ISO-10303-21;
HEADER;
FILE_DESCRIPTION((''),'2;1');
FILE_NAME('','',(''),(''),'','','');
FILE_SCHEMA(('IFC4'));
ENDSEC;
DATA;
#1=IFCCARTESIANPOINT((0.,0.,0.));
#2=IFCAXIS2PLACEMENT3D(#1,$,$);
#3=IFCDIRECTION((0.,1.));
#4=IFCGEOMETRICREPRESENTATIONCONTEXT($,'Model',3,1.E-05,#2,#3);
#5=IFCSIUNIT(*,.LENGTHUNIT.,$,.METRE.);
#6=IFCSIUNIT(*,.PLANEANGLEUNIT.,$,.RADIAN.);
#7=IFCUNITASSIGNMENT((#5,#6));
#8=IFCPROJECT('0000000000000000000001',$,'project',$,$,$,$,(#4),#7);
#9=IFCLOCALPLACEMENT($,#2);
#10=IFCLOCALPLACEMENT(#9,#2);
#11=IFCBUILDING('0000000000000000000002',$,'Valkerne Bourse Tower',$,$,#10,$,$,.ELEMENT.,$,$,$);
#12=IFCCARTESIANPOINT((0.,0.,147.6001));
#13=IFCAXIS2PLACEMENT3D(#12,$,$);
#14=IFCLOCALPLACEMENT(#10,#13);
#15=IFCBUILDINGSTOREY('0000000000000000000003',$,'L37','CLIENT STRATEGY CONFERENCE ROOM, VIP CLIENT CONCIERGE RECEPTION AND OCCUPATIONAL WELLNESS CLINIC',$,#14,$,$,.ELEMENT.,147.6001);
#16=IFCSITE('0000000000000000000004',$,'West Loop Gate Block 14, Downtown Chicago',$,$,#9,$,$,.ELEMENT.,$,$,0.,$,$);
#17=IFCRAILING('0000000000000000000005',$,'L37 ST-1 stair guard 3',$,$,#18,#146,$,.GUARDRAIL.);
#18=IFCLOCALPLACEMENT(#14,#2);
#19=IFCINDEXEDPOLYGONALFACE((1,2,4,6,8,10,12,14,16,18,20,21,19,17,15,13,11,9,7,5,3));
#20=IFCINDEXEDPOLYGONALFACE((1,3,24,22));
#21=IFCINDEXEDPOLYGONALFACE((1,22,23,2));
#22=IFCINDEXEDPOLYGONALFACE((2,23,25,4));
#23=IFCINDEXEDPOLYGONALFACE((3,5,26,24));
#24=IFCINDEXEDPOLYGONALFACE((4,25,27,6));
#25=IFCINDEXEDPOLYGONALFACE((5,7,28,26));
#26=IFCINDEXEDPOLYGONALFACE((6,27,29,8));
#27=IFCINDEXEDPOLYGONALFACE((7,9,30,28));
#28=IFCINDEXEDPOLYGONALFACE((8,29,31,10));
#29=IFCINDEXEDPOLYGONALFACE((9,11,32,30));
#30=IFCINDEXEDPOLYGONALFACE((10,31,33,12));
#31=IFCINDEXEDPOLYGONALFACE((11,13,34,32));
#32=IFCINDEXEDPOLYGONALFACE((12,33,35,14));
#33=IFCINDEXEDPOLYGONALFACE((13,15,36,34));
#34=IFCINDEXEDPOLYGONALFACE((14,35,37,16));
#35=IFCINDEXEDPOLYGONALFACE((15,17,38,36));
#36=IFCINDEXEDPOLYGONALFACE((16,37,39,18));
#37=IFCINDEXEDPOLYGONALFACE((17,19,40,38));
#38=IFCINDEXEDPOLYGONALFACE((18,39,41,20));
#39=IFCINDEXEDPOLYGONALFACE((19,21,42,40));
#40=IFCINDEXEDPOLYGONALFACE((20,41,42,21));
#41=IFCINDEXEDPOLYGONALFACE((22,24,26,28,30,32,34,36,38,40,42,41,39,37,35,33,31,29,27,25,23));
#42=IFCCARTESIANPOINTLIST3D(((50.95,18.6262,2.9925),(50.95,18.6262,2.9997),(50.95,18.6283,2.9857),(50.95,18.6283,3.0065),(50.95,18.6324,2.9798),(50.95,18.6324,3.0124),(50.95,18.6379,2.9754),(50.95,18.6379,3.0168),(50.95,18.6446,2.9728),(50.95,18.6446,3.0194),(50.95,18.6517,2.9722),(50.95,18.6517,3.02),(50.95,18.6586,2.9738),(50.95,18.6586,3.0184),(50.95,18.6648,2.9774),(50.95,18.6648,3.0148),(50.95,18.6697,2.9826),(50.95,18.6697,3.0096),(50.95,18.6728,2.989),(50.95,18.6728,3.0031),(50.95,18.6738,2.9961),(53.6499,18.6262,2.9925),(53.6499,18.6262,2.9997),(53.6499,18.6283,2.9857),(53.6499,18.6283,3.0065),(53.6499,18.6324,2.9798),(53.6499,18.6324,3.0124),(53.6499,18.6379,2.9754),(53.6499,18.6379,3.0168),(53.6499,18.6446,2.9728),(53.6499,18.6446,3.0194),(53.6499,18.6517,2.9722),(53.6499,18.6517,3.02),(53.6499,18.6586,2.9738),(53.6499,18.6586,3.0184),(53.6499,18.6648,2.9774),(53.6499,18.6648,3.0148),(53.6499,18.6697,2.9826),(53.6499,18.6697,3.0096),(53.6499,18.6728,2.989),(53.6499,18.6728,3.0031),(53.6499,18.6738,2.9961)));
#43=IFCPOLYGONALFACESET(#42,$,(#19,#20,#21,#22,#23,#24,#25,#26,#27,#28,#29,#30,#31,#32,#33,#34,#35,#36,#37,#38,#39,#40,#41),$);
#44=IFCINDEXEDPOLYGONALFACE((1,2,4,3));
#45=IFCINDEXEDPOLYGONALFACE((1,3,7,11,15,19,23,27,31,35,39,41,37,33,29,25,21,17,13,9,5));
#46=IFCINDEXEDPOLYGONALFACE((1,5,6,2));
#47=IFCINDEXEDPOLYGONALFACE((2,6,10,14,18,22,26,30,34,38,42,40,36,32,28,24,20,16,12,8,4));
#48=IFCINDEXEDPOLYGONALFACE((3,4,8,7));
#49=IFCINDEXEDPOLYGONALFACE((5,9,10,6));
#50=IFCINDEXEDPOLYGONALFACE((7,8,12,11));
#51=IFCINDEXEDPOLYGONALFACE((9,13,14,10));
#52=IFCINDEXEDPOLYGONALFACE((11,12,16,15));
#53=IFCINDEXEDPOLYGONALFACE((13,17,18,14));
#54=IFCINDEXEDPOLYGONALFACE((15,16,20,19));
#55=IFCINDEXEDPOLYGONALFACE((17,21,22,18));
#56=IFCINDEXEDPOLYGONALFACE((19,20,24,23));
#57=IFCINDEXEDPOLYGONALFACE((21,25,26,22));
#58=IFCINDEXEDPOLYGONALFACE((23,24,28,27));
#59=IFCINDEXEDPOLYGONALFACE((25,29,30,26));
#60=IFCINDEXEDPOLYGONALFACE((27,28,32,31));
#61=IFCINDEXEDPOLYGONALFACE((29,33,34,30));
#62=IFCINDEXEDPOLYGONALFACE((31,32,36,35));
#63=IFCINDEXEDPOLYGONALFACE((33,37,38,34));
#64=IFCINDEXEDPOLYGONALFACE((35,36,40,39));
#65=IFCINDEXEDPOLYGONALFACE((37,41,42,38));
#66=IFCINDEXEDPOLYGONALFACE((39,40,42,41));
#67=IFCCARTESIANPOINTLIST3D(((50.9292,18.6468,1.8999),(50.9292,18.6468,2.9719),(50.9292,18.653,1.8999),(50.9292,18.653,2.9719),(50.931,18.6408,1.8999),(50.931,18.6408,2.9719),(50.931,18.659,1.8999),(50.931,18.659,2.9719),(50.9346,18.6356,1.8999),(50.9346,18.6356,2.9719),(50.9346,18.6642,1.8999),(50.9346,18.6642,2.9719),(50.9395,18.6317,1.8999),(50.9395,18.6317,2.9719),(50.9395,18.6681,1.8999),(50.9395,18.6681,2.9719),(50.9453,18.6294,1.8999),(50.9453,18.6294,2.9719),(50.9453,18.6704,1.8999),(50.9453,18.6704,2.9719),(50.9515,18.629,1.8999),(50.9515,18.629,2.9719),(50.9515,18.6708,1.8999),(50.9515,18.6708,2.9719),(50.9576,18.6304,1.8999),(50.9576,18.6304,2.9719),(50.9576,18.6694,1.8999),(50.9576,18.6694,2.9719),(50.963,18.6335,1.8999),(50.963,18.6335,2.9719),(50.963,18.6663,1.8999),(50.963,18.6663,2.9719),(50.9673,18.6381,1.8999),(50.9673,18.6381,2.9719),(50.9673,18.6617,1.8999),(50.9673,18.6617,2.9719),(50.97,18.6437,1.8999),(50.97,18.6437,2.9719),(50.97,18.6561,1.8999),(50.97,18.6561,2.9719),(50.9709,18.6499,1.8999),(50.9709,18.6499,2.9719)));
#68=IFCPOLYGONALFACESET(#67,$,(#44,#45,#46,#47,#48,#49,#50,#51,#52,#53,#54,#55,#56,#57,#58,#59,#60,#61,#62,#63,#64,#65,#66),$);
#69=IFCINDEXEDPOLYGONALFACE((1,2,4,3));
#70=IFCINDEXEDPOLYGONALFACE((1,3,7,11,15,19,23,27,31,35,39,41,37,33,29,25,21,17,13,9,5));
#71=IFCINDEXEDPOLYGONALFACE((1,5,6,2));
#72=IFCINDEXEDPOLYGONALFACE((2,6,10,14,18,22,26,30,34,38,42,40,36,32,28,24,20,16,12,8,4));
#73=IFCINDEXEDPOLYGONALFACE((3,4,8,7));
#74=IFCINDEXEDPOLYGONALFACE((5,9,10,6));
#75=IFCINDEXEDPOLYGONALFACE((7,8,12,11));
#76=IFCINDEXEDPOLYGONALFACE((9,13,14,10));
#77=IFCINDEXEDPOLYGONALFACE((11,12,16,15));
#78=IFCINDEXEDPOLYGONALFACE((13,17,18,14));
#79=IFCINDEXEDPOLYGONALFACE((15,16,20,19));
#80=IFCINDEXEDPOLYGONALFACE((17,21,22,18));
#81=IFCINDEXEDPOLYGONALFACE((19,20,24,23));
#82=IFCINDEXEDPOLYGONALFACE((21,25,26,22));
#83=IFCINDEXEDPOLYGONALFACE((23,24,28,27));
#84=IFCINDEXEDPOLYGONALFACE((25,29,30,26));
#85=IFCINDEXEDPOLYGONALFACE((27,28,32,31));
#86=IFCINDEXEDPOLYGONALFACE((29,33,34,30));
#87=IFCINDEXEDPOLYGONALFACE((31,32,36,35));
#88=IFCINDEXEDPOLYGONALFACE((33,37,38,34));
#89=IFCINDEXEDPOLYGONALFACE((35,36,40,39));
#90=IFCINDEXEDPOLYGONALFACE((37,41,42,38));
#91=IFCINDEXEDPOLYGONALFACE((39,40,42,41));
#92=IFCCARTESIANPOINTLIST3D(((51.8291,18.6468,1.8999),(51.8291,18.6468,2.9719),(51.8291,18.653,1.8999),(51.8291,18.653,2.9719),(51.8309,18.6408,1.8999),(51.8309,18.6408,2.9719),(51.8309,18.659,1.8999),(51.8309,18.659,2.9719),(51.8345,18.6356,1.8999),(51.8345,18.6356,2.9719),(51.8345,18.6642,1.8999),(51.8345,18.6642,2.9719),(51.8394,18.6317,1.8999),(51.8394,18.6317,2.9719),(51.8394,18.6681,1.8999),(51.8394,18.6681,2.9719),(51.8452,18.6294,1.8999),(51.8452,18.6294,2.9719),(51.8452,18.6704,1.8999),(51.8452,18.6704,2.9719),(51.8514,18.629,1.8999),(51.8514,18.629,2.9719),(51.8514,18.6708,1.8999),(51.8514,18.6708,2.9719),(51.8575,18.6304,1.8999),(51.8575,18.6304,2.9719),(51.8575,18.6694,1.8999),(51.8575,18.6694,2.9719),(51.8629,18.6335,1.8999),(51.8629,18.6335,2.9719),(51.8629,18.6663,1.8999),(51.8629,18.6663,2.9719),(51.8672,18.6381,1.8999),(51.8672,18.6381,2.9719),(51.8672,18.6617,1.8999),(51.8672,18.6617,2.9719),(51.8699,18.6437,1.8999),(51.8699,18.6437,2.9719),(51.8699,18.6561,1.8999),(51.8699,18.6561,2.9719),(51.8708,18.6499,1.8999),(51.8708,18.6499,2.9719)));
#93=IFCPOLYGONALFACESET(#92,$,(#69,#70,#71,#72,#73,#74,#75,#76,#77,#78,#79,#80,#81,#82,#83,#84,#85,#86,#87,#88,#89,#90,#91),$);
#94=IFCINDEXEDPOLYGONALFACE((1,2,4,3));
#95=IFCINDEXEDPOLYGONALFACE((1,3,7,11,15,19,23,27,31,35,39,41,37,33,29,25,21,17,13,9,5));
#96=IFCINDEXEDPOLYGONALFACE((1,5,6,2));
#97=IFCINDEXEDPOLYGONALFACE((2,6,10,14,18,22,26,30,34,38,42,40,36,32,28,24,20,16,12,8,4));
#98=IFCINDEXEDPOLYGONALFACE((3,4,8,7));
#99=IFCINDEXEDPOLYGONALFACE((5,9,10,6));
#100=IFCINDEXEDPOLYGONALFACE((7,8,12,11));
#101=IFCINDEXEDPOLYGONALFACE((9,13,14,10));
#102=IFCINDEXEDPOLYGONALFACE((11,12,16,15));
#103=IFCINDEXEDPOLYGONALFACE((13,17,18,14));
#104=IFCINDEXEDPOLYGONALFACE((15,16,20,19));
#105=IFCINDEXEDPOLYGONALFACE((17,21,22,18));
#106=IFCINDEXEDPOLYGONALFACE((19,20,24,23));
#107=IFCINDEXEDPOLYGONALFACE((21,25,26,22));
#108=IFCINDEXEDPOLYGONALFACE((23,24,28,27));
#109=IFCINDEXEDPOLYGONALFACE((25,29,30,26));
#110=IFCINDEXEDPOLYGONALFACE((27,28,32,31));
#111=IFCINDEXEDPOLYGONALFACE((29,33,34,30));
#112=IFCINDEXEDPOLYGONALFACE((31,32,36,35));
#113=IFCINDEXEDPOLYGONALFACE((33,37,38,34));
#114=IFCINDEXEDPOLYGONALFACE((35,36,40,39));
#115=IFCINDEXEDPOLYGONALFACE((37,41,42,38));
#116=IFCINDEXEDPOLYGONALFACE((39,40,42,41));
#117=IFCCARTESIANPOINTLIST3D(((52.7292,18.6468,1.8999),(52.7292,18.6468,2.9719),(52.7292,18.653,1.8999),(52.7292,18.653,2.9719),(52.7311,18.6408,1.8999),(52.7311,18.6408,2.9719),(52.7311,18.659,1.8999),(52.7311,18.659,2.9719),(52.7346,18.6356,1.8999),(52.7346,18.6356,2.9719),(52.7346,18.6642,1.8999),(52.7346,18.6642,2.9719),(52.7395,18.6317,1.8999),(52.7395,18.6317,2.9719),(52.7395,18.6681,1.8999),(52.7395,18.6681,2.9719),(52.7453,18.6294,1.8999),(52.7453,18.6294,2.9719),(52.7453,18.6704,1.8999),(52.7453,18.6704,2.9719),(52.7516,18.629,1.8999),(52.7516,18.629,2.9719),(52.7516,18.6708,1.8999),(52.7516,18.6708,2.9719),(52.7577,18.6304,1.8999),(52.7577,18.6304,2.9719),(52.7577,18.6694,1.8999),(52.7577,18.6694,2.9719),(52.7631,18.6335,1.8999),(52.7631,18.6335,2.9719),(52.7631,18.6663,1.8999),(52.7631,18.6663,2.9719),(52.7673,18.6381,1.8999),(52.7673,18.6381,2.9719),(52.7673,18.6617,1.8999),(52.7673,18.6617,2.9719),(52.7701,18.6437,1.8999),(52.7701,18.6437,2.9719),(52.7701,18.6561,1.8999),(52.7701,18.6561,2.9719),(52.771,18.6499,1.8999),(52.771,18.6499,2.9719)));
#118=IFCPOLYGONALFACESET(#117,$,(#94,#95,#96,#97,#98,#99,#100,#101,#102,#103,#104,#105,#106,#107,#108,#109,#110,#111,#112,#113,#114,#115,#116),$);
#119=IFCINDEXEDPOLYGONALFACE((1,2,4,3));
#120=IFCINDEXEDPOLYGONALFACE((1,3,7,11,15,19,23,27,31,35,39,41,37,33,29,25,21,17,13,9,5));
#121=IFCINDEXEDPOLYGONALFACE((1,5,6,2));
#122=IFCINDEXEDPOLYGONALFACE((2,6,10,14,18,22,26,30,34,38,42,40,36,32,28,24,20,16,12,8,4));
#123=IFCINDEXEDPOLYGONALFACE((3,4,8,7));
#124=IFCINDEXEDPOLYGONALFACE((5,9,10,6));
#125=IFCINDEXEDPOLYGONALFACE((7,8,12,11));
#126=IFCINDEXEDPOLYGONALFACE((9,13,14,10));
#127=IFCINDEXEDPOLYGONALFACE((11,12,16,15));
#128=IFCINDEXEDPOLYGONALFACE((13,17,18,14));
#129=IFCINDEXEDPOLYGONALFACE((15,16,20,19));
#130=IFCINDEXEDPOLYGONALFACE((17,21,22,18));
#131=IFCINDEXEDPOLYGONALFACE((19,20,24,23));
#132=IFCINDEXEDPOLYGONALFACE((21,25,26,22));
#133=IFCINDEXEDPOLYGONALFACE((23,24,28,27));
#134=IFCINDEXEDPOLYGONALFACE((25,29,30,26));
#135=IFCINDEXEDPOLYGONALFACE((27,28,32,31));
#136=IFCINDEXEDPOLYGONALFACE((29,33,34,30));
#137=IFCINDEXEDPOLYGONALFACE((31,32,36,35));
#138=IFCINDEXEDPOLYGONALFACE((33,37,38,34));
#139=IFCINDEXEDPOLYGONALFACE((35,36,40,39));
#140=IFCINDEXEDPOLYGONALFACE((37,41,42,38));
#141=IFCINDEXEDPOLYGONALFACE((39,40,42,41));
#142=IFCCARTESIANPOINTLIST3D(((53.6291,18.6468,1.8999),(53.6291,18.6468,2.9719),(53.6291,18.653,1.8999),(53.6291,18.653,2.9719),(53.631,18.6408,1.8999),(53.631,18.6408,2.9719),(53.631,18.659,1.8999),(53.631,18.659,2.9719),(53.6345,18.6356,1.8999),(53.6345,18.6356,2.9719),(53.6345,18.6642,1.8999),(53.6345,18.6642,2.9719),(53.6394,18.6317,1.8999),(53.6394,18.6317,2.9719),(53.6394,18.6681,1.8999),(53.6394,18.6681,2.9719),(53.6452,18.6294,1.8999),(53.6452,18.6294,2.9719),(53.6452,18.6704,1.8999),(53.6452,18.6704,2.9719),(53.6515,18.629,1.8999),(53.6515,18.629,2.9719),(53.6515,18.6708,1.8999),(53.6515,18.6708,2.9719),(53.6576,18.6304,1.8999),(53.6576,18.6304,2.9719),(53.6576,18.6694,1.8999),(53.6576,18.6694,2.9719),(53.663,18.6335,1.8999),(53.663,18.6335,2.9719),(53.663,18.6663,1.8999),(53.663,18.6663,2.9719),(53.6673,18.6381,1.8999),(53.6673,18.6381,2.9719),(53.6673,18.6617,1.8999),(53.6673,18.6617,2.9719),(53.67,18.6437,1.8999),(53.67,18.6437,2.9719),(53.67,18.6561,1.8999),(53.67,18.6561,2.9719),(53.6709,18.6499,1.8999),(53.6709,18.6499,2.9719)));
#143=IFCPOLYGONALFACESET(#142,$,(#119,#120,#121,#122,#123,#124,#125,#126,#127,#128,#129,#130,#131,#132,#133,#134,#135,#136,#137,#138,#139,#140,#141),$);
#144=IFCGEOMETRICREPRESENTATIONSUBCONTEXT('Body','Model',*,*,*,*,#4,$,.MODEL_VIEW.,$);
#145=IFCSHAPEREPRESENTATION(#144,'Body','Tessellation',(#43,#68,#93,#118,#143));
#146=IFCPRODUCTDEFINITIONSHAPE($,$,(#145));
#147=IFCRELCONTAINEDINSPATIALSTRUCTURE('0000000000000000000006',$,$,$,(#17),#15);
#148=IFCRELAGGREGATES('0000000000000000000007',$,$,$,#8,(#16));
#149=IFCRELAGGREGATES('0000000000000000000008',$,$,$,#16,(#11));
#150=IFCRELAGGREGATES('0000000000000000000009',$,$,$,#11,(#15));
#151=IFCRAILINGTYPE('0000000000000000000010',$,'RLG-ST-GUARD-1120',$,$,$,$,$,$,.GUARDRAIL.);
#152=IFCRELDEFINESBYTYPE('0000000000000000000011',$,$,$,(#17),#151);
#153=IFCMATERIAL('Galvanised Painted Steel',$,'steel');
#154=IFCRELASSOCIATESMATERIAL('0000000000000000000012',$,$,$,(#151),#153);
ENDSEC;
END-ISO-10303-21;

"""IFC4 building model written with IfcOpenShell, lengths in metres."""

from ifc_helpers import new_model, si_unit, direction, frame, origin, origin_2d, place, context, subcontext, project, spatial, circle, extrude, material, type_object, element, save


model = new_model("IFC4")

# Units and contexts
model_context = context("Model", 3, precision=1e-05, world=origin(), true_north=direction((0.0, 1.0)))
body_context = subcontext(model_context, "Body", "Model", "MODEL_VIEW")
ifc_project = project(units=[si_unit("LENGTHUNIT", "METRE"), si_unit("PLANEANGLEUNIT", "RADIAN")], contexts=[model_context])

# Site, building, storey
site_placement = place(None, origin())
site = spatial("IfcSite", under=ifc_project, at=site_placement, Name="West Loop Gate Block 14, Downtown Chicago", CompositionType="ELEMENT", RefElevation=0.0)
building_placement = place(site_placement, origin())
building = spatial("IfcBuilding", under=site, at=building_placement, Name="Valkerne Bourse Tower", CompositionType="ELEMENT")
storey_placement = place(building_placement, frame((0.0, 0.0, 147.6001)))
storey = spatial("IfcBuildingStorey", under=building, at=storey_placement, Name="L37", Description="CLIENT STRATEGY CONFERENCE ROOM, VIP CLIENT CONCIERGE RECEPTION AND OCCUPATIONAL WELLNESS CLINIC", CompositionType="ELEMENT", Elevation=147.6001)

# Shared definitions
ifc_material_1 = material(Name="Galvanised Painted Steel", Category="steel")

# Railing
railing_type_1 = type_object("IfcRailingType", Name="RLG-ST-GUARD-1120", PredefinedType="GUARDRAIL", material=ifc_material_1)
for number, where, name in (
    (1, (50.95, 18.6499, 1.8999), "L37 ST-1 stair guard 3"),
):
    element("IfcRailing", number, at=place(storey_placement, frame(where)), inside=storey, type_object=railing_type_1, Name=name, PredefinedType="GUARDRAIL", context=body_context, shape_type="SweptSolid", body=[
        extrude(circle(Radius=0.0239, at=origin_2d()), frame((0.0, 0.0, 1.0962), z_axis=(1.0, 0.0, 0.0), x_axis=(0.0, 1.0, 0.0)), (0.0, 0.0, 1.0), 2.7),
        extrude(circle(Radius=0.021, at=origin_2d()), origin(), (0.0, 0.0, 1.0), 1.072),
        extrude(circle(Radius=0.021, at=origin_2d()), frame((0.8999, 0.0, 0.0)), (0.0, 0.0, 1.0), 1.072),
        extrude(circle(Radius=0.021, at=origin_2d()), frame((1.8, 0.0, 0.0)), (0.0, 0.0, 1.0), 1.072),
        extrude(circle(Radius=0.021, at=origin_2d()), frame((2.7, 0.0, 0.0)), (0.0, 0.0, 1.0), 1.072),
    ])

save(model, "model.ifc")
